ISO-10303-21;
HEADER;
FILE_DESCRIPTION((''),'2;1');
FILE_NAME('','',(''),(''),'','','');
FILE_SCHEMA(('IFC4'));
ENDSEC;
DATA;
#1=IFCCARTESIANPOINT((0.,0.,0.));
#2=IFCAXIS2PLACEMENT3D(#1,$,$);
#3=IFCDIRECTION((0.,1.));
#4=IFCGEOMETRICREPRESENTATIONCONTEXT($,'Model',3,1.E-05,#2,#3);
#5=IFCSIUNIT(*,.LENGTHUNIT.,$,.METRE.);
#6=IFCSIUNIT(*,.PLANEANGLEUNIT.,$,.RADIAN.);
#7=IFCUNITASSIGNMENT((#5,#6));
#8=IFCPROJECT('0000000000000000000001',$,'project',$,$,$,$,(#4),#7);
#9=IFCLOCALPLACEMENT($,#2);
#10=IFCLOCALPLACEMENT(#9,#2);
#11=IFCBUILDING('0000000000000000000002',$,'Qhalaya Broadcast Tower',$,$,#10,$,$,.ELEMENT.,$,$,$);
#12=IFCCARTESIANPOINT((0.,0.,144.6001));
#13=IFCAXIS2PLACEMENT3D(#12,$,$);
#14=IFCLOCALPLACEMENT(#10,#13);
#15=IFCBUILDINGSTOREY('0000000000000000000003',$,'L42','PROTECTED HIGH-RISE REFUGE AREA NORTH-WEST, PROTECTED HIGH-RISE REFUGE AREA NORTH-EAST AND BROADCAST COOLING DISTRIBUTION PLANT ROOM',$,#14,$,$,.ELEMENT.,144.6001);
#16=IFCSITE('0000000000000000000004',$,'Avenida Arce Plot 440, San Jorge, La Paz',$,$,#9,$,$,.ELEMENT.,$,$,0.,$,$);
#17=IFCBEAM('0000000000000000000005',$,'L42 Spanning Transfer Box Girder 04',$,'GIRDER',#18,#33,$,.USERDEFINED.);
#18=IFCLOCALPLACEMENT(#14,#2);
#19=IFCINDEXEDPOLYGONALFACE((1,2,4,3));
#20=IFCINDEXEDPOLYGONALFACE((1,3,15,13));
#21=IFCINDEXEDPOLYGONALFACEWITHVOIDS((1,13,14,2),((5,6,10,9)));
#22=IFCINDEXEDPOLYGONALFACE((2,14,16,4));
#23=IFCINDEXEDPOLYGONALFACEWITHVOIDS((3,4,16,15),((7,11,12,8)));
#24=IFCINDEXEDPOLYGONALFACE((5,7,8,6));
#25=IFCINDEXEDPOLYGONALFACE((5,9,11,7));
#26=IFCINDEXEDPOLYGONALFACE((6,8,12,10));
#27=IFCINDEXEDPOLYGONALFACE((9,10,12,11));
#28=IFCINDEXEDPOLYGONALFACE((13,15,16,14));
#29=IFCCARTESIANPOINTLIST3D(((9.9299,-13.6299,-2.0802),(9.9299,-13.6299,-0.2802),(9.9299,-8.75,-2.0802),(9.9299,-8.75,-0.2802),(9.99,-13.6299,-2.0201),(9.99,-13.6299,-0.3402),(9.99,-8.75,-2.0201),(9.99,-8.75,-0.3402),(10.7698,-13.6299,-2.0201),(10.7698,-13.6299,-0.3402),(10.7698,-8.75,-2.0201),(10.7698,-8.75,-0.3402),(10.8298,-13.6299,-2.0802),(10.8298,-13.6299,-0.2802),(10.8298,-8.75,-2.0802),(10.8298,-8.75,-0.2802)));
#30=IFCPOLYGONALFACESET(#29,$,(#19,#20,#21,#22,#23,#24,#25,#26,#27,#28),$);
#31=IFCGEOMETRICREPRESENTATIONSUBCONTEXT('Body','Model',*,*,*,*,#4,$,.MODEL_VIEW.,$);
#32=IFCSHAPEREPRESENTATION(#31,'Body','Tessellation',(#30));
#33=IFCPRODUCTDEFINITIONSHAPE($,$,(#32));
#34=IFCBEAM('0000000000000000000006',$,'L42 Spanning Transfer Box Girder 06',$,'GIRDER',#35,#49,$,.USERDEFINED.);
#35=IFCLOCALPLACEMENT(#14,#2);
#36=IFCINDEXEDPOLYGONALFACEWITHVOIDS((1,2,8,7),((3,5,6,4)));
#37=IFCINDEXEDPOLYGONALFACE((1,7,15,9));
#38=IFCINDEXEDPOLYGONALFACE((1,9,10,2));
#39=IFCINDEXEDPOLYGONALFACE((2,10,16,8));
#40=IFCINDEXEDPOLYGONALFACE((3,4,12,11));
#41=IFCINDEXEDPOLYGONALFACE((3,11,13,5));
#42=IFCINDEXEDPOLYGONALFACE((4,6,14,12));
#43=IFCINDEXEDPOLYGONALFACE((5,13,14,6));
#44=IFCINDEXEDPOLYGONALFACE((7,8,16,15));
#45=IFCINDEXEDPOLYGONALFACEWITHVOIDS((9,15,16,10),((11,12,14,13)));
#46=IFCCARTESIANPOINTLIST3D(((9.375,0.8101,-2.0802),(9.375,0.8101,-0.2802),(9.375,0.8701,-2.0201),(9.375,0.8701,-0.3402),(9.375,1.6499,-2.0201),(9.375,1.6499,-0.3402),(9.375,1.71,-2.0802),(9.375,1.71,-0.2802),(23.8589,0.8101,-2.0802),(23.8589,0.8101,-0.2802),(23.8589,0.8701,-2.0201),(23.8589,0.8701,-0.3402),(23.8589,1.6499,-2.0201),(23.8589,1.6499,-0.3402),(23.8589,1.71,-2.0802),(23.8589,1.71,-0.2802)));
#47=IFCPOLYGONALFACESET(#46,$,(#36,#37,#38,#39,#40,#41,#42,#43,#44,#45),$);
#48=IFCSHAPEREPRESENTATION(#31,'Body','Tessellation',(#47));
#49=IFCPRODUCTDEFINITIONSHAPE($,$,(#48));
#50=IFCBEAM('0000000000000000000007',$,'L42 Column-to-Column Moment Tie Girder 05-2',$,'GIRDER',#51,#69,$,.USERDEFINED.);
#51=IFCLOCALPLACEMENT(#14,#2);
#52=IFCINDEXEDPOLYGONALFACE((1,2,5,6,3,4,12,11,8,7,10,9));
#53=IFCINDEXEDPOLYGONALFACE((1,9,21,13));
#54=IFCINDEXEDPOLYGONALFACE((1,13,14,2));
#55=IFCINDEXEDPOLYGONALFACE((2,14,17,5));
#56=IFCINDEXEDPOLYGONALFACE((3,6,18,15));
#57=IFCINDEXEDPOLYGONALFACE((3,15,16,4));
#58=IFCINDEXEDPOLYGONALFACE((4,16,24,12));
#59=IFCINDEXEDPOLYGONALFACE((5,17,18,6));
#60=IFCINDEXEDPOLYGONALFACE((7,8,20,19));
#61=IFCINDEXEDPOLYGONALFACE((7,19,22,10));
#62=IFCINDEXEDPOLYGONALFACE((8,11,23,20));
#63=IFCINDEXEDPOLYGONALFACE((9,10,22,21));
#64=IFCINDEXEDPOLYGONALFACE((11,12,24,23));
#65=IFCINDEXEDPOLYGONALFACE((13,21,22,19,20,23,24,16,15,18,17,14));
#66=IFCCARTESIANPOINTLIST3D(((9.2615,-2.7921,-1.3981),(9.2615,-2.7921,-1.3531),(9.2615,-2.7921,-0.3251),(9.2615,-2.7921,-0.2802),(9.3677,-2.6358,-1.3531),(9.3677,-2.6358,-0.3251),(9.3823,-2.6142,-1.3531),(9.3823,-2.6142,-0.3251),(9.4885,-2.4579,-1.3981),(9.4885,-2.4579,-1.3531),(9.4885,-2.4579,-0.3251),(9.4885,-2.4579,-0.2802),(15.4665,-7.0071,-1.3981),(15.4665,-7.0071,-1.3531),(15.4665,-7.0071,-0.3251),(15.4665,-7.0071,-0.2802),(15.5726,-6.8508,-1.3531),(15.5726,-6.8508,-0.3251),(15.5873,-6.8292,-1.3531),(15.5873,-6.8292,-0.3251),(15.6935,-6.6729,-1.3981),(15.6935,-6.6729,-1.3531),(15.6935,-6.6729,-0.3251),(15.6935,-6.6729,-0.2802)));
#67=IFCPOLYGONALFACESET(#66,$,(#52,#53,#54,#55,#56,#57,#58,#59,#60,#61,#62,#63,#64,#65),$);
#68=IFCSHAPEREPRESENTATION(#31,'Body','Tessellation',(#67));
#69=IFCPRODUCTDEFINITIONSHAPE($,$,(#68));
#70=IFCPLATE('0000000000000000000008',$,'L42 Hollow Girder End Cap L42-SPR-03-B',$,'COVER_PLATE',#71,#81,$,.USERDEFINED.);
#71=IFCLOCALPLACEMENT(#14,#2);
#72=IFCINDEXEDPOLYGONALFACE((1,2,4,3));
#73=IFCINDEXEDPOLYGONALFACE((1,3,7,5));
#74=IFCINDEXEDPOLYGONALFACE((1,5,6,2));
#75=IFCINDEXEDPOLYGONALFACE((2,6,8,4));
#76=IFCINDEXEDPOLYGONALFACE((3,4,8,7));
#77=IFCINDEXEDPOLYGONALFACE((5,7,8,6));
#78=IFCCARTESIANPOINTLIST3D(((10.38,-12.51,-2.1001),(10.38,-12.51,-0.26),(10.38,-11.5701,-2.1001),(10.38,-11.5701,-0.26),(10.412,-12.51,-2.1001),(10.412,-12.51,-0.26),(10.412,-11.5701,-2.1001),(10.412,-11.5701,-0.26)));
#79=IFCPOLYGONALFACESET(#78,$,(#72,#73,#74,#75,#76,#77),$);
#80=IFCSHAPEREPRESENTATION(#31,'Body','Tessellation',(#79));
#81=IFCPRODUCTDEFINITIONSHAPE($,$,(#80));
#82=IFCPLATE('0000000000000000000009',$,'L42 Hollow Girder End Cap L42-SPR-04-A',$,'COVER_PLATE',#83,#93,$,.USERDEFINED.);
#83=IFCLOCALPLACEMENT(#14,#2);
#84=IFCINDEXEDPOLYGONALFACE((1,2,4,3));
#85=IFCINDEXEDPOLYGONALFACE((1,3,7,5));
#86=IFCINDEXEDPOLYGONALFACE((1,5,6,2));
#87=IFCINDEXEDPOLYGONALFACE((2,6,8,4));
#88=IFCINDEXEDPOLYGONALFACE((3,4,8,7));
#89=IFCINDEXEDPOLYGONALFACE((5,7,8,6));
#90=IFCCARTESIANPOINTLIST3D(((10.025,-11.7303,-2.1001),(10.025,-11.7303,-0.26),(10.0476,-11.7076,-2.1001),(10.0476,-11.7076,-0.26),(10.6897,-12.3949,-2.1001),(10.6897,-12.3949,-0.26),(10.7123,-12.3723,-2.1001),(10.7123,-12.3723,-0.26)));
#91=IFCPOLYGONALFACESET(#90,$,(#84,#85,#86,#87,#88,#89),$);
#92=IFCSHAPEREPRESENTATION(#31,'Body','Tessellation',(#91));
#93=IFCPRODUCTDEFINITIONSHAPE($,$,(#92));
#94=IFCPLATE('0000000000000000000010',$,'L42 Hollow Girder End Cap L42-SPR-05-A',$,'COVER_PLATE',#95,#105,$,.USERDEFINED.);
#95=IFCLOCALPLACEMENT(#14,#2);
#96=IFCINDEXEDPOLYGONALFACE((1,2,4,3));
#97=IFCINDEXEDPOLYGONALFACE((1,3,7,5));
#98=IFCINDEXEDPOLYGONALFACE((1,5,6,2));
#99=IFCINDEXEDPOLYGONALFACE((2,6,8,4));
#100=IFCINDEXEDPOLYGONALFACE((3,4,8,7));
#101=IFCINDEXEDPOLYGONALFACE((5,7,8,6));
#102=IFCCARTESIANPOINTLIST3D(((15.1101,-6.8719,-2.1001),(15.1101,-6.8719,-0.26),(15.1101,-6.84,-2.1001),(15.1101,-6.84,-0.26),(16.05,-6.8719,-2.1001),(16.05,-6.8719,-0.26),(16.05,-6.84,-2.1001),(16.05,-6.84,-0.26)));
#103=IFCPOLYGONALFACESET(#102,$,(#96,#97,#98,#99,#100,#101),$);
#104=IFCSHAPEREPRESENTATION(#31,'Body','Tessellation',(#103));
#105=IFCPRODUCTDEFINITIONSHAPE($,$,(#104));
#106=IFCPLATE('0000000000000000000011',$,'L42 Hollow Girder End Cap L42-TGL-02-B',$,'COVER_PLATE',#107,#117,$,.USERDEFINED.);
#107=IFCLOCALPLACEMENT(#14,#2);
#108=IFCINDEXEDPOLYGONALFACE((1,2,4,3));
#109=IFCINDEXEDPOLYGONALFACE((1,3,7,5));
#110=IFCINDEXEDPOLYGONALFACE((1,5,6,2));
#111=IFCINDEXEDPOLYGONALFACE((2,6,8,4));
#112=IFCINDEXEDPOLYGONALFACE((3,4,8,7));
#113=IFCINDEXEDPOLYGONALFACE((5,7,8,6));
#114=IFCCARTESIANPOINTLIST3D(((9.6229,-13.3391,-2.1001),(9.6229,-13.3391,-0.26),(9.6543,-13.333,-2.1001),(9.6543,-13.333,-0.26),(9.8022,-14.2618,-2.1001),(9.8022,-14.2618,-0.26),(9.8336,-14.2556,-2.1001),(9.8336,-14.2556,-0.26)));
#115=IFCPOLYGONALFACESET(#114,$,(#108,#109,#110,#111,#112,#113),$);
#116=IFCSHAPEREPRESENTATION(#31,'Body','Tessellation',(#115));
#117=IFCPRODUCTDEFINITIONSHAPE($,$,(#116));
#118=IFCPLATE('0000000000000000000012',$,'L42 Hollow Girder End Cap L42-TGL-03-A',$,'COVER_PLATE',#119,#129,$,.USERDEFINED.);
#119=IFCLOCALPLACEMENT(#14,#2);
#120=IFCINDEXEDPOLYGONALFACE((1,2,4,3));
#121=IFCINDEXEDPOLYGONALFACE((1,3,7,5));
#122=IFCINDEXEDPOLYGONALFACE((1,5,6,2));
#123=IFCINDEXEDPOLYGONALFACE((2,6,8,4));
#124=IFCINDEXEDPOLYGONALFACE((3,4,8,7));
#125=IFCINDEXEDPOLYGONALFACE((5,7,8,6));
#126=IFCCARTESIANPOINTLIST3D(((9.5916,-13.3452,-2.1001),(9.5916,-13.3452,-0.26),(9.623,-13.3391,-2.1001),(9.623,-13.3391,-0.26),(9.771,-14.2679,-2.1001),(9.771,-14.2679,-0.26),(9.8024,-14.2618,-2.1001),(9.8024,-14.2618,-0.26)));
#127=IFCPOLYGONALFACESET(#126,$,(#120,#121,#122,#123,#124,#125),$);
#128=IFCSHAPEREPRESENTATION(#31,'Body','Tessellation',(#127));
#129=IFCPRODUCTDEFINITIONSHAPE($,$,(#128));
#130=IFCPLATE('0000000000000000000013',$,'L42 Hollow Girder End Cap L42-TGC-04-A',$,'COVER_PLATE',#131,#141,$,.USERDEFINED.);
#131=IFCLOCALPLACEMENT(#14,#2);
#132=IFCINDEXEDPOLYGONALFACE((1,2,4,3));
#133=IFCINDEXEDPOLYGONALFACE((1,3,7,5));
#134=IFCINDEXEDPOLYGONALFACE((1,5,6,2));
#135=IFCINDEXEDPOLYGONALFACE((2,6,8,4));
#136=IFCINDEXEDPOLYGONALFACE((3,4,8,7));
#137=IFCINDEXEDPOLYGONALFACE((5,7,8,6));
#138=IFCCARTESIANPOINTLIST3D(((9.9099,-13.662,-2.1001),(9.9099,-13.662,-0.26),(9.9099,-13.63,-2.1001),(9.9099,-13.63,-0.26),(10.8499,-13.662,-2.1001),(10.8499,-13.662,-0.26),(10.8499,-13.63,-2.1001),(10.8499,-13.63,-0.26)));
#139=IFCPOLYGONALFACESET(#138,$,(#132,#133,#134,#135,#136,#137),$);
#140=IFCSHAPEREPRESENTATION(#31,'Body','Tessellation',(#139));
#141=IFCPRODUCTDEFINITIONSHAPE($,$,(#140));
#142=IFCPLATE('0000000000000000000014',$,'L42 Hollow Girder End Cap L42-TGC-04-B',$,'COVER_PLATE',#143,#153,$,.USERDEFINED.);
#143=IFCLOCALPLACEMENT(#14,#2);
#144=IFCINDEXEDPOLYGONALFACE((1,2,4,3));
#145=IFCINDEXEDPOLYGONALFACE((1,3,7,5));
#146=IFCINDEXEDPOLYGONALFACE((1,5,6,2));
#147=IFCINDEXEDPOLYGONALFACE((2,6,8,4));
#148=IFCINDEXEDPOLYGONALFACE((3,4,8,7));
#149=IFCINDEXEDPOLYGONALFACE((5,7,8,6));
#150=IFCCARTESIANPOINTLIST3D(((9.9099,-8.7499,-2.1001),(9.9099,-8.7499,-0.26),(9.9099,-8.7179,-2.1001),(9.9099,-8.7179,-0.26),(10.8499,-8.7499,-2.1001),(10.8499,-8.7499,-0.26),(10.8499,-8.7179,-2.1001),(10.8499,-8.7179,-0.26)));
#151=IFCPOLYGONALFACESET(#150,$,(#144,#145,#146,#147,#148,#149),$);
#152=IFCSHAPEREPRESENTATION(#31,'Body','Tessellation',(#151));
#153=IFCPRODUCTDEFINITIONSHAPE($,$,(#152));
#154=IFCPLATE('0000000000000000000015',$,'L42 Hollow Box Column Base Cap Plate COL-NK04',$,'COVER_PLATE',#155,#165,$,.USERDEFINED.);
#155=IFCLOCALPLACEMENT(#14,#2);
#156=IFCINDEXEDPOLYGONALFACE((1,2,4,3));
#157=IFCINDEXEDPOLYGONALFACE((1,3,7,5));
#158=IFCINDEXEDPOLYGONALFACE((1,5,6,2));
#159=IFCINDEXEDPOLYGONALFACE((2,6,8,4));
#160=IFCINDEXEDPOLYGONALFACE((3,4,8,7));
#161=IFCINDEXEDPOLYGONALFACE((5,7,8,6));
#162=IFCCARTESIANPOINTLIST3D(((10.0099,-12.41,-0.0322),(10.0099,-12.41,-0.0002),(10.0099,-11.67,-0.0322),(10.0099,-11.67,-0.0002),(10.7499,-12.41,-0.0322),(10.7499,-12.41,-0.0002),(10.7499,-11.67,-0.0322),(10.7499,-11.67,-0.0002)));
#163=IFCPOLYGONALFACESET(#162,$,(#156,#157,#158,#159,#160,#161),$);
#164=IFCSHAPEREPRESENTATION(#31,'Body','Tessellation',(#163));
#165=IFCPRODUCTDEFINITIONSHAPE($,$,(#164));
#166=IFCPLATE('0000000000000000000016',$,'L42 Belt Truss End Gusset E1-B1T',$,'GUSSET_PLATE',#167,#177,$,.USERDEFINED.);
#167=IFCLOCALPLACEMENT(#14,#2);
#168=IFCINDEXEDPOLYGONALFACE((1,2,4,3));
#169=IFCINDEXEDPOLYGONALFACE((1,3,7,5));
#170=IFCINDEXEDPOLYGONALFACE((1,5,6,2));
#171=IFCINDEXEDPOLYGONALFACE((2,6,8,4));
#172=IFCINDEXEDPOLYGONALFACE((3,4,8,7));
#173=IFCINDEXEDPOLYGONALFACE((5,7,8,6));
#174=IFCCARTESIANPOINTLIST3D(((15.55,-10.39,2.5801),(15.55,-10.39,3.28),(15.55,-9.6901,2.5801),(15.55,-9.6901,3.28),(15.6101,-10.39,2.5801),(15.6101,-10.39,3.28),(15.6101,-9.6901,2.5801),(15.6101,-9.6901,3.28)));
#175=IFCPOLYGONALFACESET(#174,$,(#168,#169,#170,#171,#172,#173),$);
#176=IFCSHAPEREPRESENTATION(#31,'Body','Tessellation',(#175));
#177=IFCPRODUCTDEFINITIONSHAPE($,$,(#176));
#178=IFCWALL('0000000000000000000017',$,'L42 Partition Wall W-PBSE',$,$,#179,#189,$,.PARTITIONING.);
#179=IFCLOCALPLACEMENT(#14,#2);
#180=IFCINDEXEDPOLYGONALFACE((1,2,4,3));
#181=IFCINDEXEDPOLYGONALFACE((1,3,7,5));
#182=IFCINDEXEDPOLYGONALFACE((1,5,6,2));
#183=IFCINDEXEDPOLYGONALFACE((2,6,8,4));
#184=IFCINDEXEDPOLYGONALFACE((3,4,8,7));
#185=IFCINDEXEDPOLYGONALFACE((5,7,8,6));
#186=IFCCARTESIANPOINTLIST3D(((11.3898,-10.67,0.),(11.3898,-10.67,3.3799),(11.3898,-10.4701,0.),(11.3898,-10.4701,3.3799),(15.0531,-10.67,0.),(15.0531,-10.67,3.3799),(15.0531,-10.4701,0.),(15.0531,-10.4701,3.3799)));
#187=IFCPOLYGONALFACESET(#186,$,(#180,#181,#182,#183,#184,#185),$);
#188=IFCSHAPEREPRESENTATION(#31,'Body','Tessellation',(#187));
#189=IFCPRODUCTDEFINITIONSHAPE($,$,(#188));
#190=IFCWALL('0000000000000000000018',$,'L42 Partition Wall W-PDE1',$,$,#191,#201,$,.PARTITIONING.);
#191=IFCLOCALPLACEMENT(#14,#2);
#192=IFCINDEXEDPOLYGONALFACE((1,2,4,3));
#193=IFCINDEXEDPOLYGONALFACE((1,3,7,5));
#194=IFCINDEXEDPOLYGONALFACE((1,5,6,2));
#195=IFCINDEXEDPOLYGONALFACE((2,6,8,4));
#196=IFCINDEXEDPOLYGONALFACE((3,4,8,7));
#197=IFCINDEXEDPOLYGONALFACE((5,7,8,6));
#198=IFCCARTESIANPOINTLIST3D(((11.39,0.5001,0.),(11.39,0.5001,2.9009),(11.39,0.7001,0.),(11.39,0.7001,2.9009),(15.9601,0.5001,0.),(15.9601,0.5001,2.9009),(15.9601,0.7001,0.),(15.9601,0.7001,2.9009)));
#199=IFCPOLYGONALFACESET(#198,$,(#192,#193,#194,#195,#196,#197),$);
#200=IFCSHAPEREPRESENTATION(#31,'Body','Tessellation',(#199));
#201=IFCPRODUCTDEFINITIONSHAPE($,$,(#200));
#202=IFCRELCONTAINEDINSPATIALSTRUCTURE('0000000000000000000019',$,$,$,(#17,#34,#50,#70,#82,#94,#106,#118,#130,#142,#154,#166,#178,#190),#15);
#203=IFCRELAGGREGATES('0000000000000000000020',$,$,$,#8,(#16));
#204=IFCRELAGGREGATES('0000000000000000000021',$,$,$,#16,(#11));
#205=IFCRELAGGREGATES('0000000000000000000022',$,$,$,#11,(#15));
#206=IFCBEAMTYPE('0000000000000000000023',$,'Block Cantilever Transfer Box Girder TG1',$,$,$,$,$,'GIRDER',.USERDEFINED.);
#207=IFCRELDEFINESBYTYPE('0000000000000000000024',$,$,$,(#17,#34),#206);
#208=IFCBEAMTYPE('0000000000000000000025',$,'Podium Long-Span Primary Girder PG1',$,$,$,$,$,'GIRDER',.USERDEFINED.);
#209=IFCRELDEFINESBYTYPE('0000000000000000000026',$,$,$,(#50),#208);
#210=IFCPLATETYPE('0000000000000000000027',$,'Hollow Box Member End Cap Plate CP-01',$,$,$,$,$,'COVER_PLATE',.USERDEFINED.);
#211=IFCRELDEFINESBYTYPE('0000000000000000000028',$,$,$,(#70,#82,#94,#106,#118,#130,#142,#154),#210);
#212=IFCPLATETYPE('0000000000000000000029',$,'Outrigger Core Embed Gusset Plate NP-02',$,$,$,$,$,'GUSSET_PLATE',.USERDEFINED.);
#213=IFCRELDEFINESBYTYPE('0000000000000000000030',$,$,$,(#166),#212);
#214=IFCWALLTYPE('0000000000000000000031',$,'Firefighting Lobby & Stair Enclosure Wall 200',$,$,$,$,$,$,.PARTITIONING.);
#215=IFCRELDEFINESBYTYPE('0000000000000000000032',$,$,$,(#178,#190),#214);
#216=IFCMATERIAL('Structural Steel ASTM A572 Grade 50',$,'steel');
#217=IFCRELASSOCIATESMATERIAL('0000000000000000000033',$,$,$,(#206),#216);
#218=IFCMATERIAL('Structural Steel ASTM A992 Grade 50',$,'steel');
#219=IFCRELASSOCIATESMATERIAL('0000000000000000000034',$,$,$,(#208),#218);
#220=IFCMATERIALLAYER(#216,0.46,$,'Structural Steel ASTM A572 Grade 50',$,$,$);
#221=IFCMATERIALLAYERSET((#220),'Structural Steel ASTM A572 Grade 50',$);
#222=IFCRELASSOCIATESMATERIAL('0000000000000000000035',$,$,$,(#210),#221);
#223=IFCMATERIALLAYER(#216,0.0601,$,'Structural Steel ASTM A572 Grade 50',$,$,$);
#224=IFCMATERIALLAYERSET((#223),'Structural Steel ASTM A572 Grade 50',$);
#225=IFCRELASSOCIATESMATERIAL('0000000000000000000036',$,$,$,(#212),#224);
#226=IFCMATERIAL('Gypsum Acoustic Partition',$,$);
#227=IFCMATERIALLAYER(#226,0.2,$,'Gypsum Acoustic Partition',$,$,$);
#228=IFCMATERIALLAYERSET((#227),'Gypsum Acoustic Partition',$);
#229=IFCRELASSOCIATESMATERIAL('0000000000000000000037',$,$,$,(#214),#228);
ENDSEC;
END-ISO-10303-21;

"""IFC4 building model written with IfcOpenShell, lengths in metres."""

from ifc_helpers import new_model, si_unit, direction, frame, frame_2d, origin, origin_2d, place, context, subcontext, project, spatial, rectangle, hollow_rectangle, i_section, extrude, material, layer, layer_set, material_profile, profile_set, type_object, element, save


model = new_model("IFC4")

# Units and contexts
model_context = context("Model", 3, precision=1e-05, world=origin(), true_north=direction((0.0, 1.0)))
body_context = subcontext(model_context, "Body", "Model", "MODEL_VIEW")
ifc_project = project(units=[si_unit("LENGTHUNIT", "METRE"), si_unit("PLANEANGLEUNIT", "RADIAN")], contexts=[model_context])

# Site, building, storey
site_placement = place(None, origin())
site = spatial("IfcSite", under=ifc_project, at=site_placement, Name="Avenida Arce Plot 440, San Jorge, La Paz", CompositionType="ELEMENT", RefElevation=0.0)
building_placement = place(site_placement, origin())
building = spatial("IfcBuilding", under=site, at=building_placement, Name="Qhalaya Broadcast Tower", CompositionType="ELEMENT")
storey_placement = place(building_placement, frame((0.0, 0.0, 144.6001)))
storey = spatial("IfcBuildingStorey", under=building, at=storey_placement, Name="L42", Description="PROTECTED HIGH-RISE REFUGE AREA NORTH-WEST, PROTECTED HIGH-RISE REFUGE AREA NORTH-EAST AND BROADCAST COOLING DISTRIBUTION PLANT ROOM", CompositionType="ELEMENT", Elevation=144.6001)

# Shared definitions
ifc_material_1 = material(Name="Structural Steel ASTM A572 Grade 50", Category="steel")

# Beams
ifc_material_profile_1 = material_profile(ifc_material_1, hollow_rectangle(XDim=0.8999, YDim=1.8, WallThickness=0.0601, at=origin_2d()), Name="BOX 900x1800x60")
ifc_profile_set_1 = profile_set([ifc_material_profile_1], Name="Structural Steel ASTM A572 Grade 50")
beam_type_1 = type_object("IfcBeamType", Name="Block Cantilever Transfer Box Girder TG1", ElementType="GIRDER", PredefinedType="USERDEFINED", material=ifc_profile_set_1)
beam_1_placement = place(storey_placement, frame((10.3799, -13.6299, -1.1802), z_axis=(0.0, 1.0, 0.0), x_axis=(-1.0, 0.0, 0.0)))
element("IfcBeam", 1, at=beam_1_placement, inside=storey, type_object=beam_type_1, Name="L42 Spanning Transfer Box Girder 04", ObjectType="GIRDER", PredefinedType="USERDEFINED", context=body_context, shape_type="SweptSolid", body=[
    extrude(hollow_rectangle(XDim=0.8999, YDim=1.8, WallThickness=0.0601, at=origin_2d()), origin(), (0.0, 0.0, 1.0), 4.8799),
])
beam_2_placement = place(storey_placement, frame((9.375, 1.26, -1.1802), z_axis=(1.0, 0.0, 0.0), x_axis=(0.0, 1.0, 0.0)))
element("IfcBeam", 2, at=beam_2_placement, inside=storey, type_object=beam_type_1, Name="L42 Spanning Transfer Box Girder 06", ObjectType="GIRDER", PredefinedType="USERDEFINED", context=body_context, shape_type="SweptSolid", body=[
    extrude(hollow_rectangle(XDim=0.8999, YDim=1.8, WallThickness=0.0601, at=origin_2d()), origin(), (0.0, 0.0, 1.0), 14.4839),
])
ifc_material_2 = material(Name="Structural Steel ASTM A992 Grade 50", Category="steel")
ifc_material_profile_2 = material_profile(ifc_material_2, i_section(OverallWidth=0.4041, OverallDepth=1.1179, WebThickness=0.0261, FlangeThickness=0.0449, at=origin_2d()), Name="W44X335")
ifc_profile_set_2 = profile_set([ifc_material_profile_2], Name="Structural Steel ASTM A992 Grade 50")
beam_type_2 = type_object("IfcBeamType", Name="Podium Long-Span Primary Girder PG1", ElementType="GIRDER", PredefinedType="USERDEFINED", material=ifc_profile_set_2)
beam_3_placement = place(storey_placement, frame((9.375, -2.625, -0.8391), z_axis=(0.827197, -0.561912, 0.0), x_axis=(0.561912, 0.827197, 0.0)))
element("IfcBeam", 3, at=beam_3_placement, inside=storey, type_object=beam_type_2, Name="L42 Column-to-Column Moment Tie Girder 05-2", ObjectType="GIRDER", PredefinedType="USERDEFINED", context=body_context, shape_type="SweptSolid", body=[
    extrude(i_section(OverallWidth=0.4041, OverallDepth=1.1179, WebThickness=0.0261, FlangeThickness=0.0449, at=origin_2d()), origin(), (0.0, 0.0, 1.0), 7.5012),
])

# Plates
ifc_layer_1 = layer(ifc_material_1, 0.46, Name="Structural Steel ASTM A572 Grade 50")
ifc_layer_set_1 = layer_set([ifc_layer_1], Name="Structural Steel ASTM A572 Grade 50")
plate_type_1 = type_object("IfcPlateType", Name="Hollow Box Member End Cap Plate CP-01", ElementType="COVER_PLATE", PredefinedType="USERDEFINED", material=ifc_layer_set_1)
for number, where, z_axis, x_axis, name in (
    (4, (10.396, -12.04, -2.1001), (0.0, 0.0, 1.0), (0.0, 1.0, 0.0), "L42 Hollow Girder End Cap L42-SPR-03-B"),
    (5, (10.3687, -12.0513, -2.1001), (0.0, 0.0, 1.0), (-0.707107, 0.707107, 0.0), "L42 Hollow Girder End Cap L42-SPR-04-A"),
    (6, (15.5801, -6.856, -2.1001), (0.0, 0.0, 1.0), (-1.0, 0.0, 0.0), "L42 Hollow Girder End Cap L42-SPR-05-A"),
    (7, (9.7283, -13.7974, -2.1001), (0.0, 0.0, 1.0), (-0.190809, 0.981627, 0.0), "L42 Hollow Girder End Cap L42-TGL-02-B"),
    (8, (9.697, -13.8035, -2.1001), (0.0, 0.0, 1.0), (-0.190809, 0.981627, 0.0), "L42 Hollow Girder End Cap L42-TGL-03-A"),
    (9, (10.3799, -13.646, -2.1001), (0.0, 0.0, 1.0), (-1.0, 0.0, 0.0), "L42 Hollow Girder End Cap L42-TGC-04-A"),
    (10, (10.3799, -8.7339, -2.1001), (0.0, 0.0, 1.0), (-1.0, 0.0, 0.0), "L42 Hollow Girder End Cap L42-TGC-04-B"),
):
    element("IfcPlate", number, at=place(storey_placement, frame(where, z_axis=z_axis, x_axis=x_axis)), inside=storey, type_object=plate_type_1, Name=name, ObjectType="COVER_PLATE", PredefinedType="USERDEFINED", context=body_context, shape_type="SweptSolid", body=[
        extrude(rectangle(XDim=0.9399, YDim=0.032, at=origin_2d()), origin(), (0.0, 0.0, 1.0), 1.8401),
    ])
plate_1_placement = place(storey_placement, frame((10.3799, -12.04, -0.0322), z_axis=(0.0, 0.0, 1.0), x_axis=(1.0, 0.0, 0.0)))
element("IfcPlate", 11, at=plate_1_placement, inside=storey, type_object=plate_type_1, Name="L42 Hollow Box Column Base Cap Plate COL-NK04", ObjectType="COVER_PLATE", PredefinedType="USERDEFINED", context=body_context, shape_type="SweptSolid", body=[
    extrude(rectangle(XDim=0.74, YDim=0.74, at=origin_2d()), origin(), (0.0, 0.0, 1.0), 0.032),
])
ifc_layer_2 = layer(ifc_material_1, 0.0601, Name="Structural Steel ASTM A572 Grade 50")
ifc_layer_set_2 = layer_set([ifc_layer_2], Name="Structural Steel ASTM A572 Grade 50")
plate_type_2 = type_object("IfcPlateType", Name="Outrigger Core Embed Gusset Plate NP-02", ElementType="GUSSET_PLATE", PredefinedType="USERDEFINED", material=ifc_layer_set_2)
plate_2_placement = place(storey_placement, frame((15.5801, -10.04, 2.5801), z_axis=(0.0, 0.0, 1.0), x_axis=(0.0, 1.0, 0.0)))
element("IfcPlate", 12, at=plate_2_placement, inside=storey, type_object=plate_type_2, Name="L42 Belt Truss End Gusset E1-B1T", ObjectType="GUSSET_PLATE", PredefinedType="USERDEFINED", context=body_context, shape_type="SweptSolid", body=[
    extrude(rectangle(XDim=0.7, YDim=0.0601, at=origin_2d()), origin(), (0.0, 0.0, 1.0), 0.7),
])

# Walls
ifc_material_3 = material(Name="Gypsum Acoustic Partition")
ifc_layer_3 = layer(ifc_material_3, 0.2, Name="Gypsum Acoustic Partition")
ifc_layer_set_3 = layer_set([ifc_layer_3], Name="Gypsum Acoustic Partition")
wall_type_1 = type_object("IfcWallType", Name="Firefighting Lobby & Stair Enclosure Wall 200", PredefinedType="PARTITIONING", material=ifc_layer_set_3)
wall_1_placement = place(storey_placement, frame((11.3899, -10.5701, 0.0), z_axis=(0.0, 0.0, 1.0), x_axis=(1.0, 0.0, 0.0)))
element("IfcWall", 13, at=wall_1_placement, inside=storey, type_object=wall_type_1, Name="L42 Partition Wall W-PBSE", PredefinedType="PARTITIONING", context=body_context, shape_type="SweptSolid", body=[
    extrude(rectangle(XDim=3.6633, YDim=0.2, at=frame_2d((1.8315, 0.0))), origin(), (0.0, 0.0, 1.0), 3.3799),
])
wall_2_placement = place(storey_placement, frame((11.3899, 0.6001, 0.0), z_axis=(0.0, 0.0, 1.0), x_axis=(1.0, 0.0, 0.0)))
element("IfcWall", 14, at=wall_2_placement, inside=storey, type_object=wall_type_1, Name="L42 Partition Wall W-PDE1", PredefinedType="PARTITIONING", context=body_context, shape_type="SweptSolid", body=[
    extrude(rectangle(XDim=4.5701, YDim=0.2, at=frame_2d((2.2852, 0.0))), origin(), (0.0, 0.0, 1.0), 2.9009),
])

save(model, "model.ifc")
